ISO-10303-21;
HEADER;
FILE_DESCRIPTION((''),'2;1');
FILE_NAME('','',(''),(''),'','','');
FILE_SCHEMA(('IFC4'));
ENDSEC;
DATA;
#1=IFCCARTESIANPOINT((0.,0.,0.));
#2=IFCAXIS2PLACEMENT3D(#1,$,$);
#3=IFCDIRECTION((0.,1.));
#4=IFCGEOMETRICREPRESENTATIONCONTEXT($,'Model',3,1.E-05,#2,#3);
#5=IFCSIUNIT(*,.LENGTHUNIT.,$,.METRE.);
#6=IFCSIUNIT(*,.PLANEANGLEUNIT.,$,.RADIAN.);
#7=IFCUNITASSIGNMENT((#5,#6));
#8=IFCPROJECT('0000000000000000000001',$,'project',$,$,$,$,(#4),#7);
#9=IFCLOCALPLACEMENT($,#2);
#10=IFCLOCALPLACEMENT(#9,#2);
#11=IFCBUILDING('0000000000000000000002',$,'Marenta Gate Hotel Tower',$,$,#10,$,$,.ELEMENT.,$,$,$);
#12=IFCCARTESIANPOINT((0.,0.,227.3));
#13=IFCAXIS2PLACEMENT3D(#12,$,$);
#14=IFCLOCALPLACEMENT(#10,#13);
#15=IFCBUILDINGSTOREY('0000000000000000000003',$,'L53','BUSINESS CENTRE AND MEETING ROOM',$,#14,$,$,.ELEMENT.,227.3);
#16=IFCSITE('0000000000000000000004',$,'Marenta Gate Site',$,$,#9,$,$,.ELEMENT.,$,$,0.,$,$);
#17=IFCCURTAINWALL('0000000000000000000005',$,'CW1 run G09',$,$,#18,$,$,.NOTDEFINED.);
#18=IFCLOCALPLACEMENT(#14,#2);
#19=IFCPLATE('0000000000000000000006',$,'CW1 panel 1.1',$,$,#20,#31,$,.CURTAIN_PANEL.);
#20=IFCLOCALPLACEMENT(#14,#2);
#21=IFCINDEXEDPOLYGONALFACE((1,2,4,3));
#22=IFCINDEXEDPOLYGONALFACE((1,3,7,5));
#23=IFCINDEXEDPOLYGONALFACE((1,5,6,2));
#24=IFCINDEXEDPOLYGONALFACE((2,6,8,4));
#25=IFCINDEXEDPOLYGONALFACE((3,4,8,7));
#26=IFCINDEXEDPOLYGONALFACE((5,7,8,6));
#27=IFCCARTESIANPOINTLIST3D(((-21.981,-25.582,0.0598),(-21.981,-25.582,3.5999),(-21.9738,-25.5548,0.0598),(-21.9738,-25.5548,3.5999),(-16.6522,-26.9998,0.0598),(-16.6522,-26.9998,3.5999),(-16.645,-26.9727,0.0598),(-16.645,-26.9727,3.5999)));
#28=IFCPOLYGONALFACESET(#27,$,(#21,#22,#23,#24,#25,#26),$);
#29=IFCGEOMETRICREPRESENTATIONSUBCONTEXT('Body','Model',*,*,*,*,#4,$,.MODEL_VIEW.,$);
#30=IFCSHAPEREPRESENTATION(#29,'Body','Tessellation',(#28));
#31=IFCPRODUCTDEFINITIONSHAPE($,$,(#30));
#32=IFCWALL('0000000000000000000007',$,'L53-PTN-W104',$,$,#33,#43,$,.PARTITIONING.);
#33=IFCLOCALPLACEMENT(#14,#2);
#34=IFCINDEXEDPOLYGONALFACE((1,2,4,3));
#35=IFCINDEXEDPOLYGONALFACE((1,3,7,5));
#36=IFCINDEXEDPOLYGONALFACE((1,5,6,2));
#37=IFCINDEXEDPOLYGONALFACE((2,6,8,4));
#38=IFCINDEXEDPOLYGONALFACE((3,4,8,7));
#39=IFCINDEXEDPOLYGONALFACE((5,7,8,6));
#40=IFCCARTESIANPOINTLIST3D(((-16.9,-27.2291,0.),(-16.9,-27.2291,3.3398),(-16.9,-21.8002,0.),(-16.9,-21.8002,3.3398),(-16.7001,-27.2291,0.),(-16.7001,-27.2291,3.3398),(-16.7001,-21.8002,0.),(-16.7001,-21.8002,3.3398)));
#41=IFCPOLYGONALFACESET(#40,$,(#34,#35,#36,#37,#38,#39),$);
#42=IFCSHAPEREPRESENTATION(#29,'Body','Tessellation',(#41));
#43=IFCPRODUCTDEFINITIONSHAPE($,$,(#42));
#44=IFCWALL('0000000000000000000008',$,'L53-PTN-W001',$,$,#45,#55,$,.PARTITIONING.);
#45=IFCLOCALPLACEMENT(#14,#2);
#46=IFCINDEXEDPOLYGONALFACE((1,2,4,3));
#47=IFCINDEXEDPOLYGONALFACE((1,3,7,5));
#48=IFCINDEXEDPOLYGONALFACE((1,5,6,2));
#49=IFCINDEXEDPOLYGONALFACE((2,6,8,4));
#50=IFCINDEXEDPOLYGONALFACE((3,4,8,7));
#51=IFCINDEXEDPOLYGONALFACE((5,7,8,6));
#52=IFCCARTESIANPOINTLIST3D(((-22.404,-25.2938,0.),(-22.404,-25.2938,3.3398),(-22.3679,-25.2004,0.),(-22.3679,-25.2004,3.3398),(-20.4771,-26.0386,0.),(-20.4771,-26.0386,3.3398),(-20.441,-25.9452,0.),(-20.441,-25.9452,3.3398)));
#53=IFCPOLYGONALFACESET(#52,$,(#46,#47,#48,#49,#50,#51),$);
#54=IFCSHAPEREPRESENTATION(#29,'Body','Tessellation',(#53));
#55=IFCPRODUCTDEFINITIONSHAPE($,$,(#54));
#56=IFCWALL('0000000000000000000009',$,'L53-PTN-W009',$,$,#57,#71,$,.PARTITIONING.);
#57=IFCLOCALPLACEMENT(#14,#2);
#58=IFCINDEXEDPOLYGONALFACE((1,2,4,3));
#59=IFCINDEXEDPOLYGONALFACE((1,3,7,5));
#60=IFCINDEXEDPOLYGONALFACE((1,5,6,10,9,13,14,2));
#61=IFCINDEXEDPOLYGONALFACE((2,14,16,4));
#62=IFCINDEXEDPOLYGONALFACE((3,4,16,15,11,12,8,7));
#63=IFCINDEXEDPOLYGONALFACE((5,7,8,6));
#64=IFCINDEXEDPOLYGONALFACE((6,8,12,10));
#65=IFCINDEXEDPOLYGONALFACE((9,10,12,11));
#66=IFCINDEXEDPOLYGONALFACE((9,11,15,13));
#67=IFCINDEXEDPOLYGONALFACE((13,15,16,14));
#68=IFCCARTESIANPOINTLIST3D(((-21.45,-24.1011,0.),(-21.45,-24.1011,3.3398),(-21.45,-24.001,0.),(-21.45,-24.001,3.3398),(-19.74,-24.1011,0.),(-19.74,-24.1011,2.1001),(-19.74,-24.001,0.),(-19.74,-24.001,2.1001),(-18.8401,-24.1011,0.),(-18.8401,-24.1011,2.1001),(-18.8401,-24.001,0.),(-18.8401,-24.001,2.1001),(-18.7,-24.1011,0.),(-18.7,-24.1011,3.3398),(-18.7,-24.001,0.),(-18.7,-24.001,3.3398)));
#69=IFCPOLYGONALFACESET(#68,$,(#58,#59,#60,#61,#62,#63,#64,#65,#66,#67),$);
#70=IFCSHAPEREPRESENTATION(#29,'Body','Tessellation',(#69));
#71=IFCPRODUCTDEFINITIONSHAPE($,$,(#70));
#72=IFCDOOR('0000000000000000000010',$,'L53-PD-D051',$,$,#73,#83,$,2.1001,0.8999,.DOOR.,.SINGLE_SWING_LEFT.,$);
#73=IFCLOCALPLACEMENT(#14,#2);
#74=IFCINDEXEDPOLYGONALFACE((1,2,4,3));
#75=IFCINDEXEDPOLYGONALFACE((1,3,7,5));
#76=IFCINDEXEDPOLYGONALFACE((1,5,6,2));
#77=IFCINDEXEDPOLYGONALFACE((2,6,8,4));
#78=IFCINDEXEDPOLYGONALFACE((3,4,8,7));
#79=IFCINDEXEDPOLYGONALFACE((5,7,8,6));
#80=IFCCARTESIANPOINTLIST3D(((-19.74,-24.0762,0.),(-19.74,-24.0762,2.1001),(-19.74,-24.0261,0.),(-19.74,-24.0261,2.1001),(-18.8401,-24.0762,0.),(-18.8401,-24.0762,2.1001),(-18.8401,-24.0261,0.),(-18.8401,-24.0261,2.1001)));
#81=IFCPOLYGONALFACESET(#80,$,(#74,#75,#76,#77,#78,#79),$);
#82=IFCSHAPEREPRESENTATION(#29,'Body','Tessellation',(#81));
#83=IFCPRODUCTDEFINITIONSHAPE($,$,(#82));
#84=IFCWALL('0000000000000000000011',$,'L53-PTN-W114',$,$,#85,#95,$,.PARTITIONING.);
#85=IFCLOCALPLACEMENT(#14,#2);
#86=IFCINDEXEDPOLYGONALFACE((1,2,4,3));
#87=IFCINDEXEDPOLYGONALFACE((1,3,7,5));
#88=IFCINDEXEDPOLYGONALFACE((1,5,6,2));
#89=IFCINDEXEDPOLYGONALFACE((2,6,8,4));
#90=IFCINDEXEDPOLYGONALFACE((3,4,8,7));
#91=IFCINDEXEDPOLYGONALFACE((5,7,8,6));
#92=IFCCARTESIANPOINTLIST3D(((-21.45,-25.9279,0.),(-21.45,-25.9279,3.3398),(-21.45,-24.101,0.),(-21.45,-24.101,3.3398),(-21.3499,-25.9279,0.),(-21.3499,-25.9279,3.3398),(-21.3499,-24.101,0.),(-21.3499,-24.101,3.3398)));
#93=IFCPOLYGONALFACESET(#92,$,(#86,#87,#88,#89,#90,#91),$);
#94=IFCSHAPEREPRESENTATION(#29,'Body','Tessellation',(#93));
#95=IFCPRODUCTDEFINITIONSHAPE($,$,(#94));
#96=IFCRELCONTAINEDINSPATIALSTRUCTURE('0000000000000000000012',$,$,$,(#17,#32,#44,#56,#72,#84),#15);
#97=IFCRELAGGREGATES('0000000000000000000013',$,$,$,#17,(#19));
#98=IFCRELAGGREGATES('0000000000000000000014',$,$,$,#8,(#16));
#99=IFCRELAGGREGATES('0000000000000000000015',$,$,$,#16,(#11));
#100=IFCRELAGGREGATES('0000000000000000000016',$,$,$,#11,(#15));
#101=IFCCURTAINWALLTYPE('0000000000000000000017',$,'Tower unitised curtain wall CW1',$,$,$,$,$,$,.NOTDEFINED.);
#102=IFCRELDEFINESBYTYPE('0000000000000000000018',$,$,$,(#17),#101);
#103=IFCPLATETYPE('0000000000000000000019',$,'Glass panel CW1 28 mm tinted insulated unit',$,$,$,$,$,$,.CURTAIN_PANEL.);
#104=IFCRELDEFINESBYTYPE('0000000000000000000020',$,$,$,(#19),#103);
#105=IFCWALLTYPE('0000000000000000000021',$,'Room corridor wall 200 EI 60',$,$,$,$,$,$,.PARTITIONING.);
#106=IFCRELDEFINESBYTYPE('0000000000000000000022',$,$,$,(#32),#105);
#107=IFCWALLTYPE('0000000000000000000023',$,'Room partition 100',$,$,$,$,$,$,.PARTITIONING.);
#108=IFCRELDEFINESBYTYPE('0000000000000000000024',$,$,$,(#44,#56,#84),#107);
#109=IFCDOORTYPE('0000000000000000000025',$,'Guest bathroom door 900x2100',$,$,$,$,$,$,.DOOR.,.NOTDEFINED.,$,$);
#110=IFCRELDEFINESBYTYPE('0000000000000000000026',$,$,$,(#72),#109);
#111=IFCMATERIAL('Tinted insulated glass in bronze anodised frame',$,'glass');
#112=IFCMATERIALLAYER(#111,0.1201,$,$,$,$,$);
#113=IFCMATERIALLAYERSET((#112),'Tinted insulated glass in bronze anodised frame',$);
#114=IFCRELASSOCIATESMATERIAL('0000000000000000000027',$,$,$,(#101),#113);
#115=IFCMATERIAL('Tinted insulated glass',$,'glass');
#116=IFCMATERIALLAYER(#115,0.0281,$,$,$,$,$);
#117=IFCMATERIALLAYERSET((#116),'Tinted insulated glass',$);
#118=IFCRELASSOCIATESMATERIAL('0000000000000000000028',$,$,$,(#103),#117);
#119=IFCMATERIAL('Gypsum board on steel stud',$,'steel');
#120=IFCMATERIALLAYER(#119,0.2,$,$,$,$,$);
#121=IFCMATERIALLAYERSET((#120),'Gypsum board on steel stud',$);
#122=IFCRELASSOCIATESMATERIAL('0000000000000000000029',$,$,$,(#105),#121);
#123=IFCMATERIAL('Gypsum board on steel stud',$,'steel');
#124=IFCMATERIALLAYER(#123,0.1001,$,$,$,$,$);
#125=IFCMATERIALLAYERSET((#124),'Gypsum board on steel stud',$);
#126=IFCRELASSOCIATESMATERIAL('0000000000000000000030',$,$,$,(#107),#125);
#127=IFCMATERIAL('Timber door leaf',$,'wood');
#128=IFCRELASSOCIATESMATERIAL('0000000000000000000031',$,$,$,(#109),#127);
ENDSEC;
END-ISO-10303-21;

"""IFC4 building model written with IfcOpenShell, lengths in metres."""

from ifc_helpers import new_model, si_unit, direction, frame, frame_2d, origin, origin_2d, place, context, subcontext, project, spatial, rectangle, extrude, material, layer, layer_set, type_object, element, fill, aggregate, save


model = new_model("IFC4")

# Units and contexts
model_context = context("Model", 3, precision=1e-05, world=origin(), true_north=direction((0.0, 1.0)))
body_context = subcontext(model_context, "Body", "Model", "MODEL_VIEW")
ifc_project = project(units=[si_unit("LENGTHUNIT", "METRE"), si_unit("PLANEANGLEUNIT", "RADIAN")], contexts=[model_context])

# Site, building, storey
site_placement = place(None, origin())
site = spatial("IfcSite", under=ifc_project, at=site_placement, Name="Marenta Gate Site", CompositionType="ELEMENT", RefElevation=0.0)
building_placement = place(site_placement, origin())
building = spatial("IfcBuilding", under=site, at=building_placement, Name="Marenta Gate Hotel Tower", CompositionType="ELEMENT")
storey_placement = place(building_placement, frame((0.0, 0.0, 227.3)))
storey = spatial("IfcBuildingStorey", under=building, at=storey_placement, Name="L53", Description="BUSINESS CENTRE AND MEETING ROOM", CompositionType="ELEMENT", Elevation=227.3)

# Curtain wall
ifc_material_1 = material(Name="Tinted insulated glass in bronze anodised frame", Category="glass")
ifc_layer_1 = layer(ifc_material_1, 0.1201)
ifc_layer_set_1 = layer_set([ifc_layer_1], Name="Tinted insulated glass in bronze anodised frame")
curtain_wall_type = type_object("IfcCurtainWallType", Name="Tower unitised curtain wall CW1", PredefinedType="NOTDEFINED", material=ifc_layer_set_1)
curtain_wall_1_placement = place(storey_placement, origin())
curtain_wall_1 = element("IfcCurtainWall", 1, at=curtain_wall_1_placement, inside=storey, type_object=curtain_wall_type, Name="CW1 run G09", PredefinedType="NOTDEFINED")

# Shared definitions
ifc_material_2 = material(Name="Tinted insulated glass", Category="glass")
ifc_layer_2 = layer(ifc_material_2, 0.0281)
ifc_layer_set_2 = layer_set([ifc_layer_2], Name="Tinted insulated glass")
plate_type = type_object("IfcPlateType", Name="Glass panel CW1 28 mm tinted insulated unit", PredefinedType="CURTAIN_PANEL", material=ifc_layer_set_2)

# Plate
plate_1_placement = place(storey_placement, frame((-19.313, -26.2773, 0.0598), z_axis=(0.0, 0.0, 1.0), x_axis=(0.966376, -0.257132, 0.0)))
plate_1 = element("IfcPlate", 2, at=plate_1_placement, type_object=plate_type, Name="CW1 panel 1.1", PredefinedType="CURTAIN_PANEL", context=body_context, shape_type="SweptSolid", body=[
    extrude(rectangle(XDim=5.5142, YDim=0.0281, at=origin_2d()), origin(), (0.0, 0.0, 1.0), 3.54),
])
aggregate(curtain_wall_1, [plate_1])

# Wall
ifc_material_3 = material(Name="Gypsum board on steel stud", Category="steel")
ifc_layer_3 = layer(ifc_material_3, 0.2)
ifc_layer_set_3 = layer_set([ifc_layer_3], Name="Gypsum board on steel stud")
wall_type_1 = type_object("IfcWallType", Name="Room corridor wall 200 EI 60", PredefinedType="PARTITIONING", material=ifc_layer_set_3)
wall_1_placement = place(storey_placement, frame((-16.8, -27.229, 0.0), z_axis=(0.0, 0.0, 1.0), x_axis=(0.0, 1.0, 0.0)))
element("IfcWall", 3, at=wall_1_placement, inside=storey, type_object=wall_type_1, Name="L53-PTN-W104", PredefinedType="PARTITIONING", context=body_context, shape_type="SweptSolid", body=[
    extrude(rectangle(XDim=5.429, YDim=0.2, at=frame_2d((2.7144, 0.0))), origin(), (0.0, 0.0, 1.0), 3.3398),
])

# Wall
ifc_material_4 = material(Name="Gypsum board on steel stud", Category="steel")
ifc_layer_4 = layer(ifc_material_4, 0.1001)
ifc_layer_set_4 = layer_set([ifc_layer_4], Name="Gypsum board on steel stud")
wall_type_2 = type_object("IfcWallType", Name="Room partition 100", PredefinedType="PARTITIONING", material=ifc_layer_set_4)
wall_2_placement = place(storey_placement, frame((-22.386, -25.2471, 0.0), z_axis=(0.0, 0.0, 1.0), x_axis=(0.932741, -0.360546, 0.0)))
element("IfcWall", 4, at=wall_2_placement, inside=storey, type_object=wall_type_2, Name="L53-PTN-W001", PredefinedType="PARTITIONING", context=body_context, shape_type="SweptSolid", body=[
    extrude(rectangle(XDim=2.0659, YDim=0.1001, at=frame_2d((1.033, 0.0))), origin(), (0.0, 0.0, 1.0), 3.3398),
])

# Wall, opening, door
wall_3_placement = place(storey_placement, frame((-21.45, -24.051, 0.0), z_axis=(0.0, 0.0, 1.0), x_axis=(1.0, 0.0, 0.0)))
wall_3 = element("IfcWall", 5, at=wall_3_placement, inside=storey, type_object=wall_type_2, Name="L53-PTN-W009", PredefinedType="PARTITIONING", context=body_context, shape_type="SweptSolid", body=[
    extrude(rectangle(XDim=2.75, YDim=0.1001, at=frame_2d((1.375, 0.0))), origin(), (0.0, 0.0, 1.0), 3.3398),
])
opening_1_placement = place(wall_3_placement, frame((1.71, 0.0, 0.0)))
opening_1 = element("IfcOpeningElement", 6, at=opening_1_placement, cuts=wall_3, PredefinedType="OPENING", context=body_context, shape_type="SweptSolid", body=[
    extrude(rectangle(XDim=0.8999, YDim=2.1001, at=frame_2d((0.45, 1.05))), frame((0.0, 0.05, 0.0), z_axis=(0.0, -1.0, 0.0), x_axis=(1.0, 0.0, 0.0)), (0.0, 0.0, 1.0), 0.1001),
])
ifc_material_5 = material(Name="Timber door leaf", Category="wood")
door_type_1 = type_object("IfcDoorType", Name="Guest bathroom door 900x2100", OperationType="NOTDEFINED", PredefinedType="DOOR", material=ifc_material_5)
door_1_placement = place(opening_1_placement, origin())
door_1 = element("IfcDoor", 7, at=door_1_placement, inside=storey, type_object=door_type_1, Name="L53-PD-D051", OperationType="SINGLE_SWING_LEFT", OverallHeight=2.1001, OverallWidth=0.8999, PredefinedType="DOOR", context=body_context, shape_type="SweptSolid", body=[
    extrude(rectangle(XDim=0.8999, YDim=2.1001, at=frame_2d((0.45, 1.05))), frame((0.0, 0.0249, 0.0), z_axis=(0.0, -1.0, 0.0), x_axis=(1.0, 0.0, 0.0)), (0.0, 0.0, 1.0), 0.05),
])
fill(opening_1, door_1)

# Wall
wall_4_placement = place(storey_placement, frame((-21.3999, -25.928, 0.0), z_axis=(0.0, 0.0, 1.0), x_axis=(0.0, 1.0, 0.0)))
element("IfcWall", 8, at=wall_4_placement, inside=storey, type_object=wall_type_2, Name="L53-PTN-W114", PredefinedType="PARTITIONING", context=body_context, shape_type="SweptSolid", body=[
    extrude(rectangle(XDim=1.8269, YDim=0.1001, at=frame_2d((0.9136, 0.0))), origin(), (0.0, 0.0, 1.0), 3.3398),
])

save(model, "model.ifc")
